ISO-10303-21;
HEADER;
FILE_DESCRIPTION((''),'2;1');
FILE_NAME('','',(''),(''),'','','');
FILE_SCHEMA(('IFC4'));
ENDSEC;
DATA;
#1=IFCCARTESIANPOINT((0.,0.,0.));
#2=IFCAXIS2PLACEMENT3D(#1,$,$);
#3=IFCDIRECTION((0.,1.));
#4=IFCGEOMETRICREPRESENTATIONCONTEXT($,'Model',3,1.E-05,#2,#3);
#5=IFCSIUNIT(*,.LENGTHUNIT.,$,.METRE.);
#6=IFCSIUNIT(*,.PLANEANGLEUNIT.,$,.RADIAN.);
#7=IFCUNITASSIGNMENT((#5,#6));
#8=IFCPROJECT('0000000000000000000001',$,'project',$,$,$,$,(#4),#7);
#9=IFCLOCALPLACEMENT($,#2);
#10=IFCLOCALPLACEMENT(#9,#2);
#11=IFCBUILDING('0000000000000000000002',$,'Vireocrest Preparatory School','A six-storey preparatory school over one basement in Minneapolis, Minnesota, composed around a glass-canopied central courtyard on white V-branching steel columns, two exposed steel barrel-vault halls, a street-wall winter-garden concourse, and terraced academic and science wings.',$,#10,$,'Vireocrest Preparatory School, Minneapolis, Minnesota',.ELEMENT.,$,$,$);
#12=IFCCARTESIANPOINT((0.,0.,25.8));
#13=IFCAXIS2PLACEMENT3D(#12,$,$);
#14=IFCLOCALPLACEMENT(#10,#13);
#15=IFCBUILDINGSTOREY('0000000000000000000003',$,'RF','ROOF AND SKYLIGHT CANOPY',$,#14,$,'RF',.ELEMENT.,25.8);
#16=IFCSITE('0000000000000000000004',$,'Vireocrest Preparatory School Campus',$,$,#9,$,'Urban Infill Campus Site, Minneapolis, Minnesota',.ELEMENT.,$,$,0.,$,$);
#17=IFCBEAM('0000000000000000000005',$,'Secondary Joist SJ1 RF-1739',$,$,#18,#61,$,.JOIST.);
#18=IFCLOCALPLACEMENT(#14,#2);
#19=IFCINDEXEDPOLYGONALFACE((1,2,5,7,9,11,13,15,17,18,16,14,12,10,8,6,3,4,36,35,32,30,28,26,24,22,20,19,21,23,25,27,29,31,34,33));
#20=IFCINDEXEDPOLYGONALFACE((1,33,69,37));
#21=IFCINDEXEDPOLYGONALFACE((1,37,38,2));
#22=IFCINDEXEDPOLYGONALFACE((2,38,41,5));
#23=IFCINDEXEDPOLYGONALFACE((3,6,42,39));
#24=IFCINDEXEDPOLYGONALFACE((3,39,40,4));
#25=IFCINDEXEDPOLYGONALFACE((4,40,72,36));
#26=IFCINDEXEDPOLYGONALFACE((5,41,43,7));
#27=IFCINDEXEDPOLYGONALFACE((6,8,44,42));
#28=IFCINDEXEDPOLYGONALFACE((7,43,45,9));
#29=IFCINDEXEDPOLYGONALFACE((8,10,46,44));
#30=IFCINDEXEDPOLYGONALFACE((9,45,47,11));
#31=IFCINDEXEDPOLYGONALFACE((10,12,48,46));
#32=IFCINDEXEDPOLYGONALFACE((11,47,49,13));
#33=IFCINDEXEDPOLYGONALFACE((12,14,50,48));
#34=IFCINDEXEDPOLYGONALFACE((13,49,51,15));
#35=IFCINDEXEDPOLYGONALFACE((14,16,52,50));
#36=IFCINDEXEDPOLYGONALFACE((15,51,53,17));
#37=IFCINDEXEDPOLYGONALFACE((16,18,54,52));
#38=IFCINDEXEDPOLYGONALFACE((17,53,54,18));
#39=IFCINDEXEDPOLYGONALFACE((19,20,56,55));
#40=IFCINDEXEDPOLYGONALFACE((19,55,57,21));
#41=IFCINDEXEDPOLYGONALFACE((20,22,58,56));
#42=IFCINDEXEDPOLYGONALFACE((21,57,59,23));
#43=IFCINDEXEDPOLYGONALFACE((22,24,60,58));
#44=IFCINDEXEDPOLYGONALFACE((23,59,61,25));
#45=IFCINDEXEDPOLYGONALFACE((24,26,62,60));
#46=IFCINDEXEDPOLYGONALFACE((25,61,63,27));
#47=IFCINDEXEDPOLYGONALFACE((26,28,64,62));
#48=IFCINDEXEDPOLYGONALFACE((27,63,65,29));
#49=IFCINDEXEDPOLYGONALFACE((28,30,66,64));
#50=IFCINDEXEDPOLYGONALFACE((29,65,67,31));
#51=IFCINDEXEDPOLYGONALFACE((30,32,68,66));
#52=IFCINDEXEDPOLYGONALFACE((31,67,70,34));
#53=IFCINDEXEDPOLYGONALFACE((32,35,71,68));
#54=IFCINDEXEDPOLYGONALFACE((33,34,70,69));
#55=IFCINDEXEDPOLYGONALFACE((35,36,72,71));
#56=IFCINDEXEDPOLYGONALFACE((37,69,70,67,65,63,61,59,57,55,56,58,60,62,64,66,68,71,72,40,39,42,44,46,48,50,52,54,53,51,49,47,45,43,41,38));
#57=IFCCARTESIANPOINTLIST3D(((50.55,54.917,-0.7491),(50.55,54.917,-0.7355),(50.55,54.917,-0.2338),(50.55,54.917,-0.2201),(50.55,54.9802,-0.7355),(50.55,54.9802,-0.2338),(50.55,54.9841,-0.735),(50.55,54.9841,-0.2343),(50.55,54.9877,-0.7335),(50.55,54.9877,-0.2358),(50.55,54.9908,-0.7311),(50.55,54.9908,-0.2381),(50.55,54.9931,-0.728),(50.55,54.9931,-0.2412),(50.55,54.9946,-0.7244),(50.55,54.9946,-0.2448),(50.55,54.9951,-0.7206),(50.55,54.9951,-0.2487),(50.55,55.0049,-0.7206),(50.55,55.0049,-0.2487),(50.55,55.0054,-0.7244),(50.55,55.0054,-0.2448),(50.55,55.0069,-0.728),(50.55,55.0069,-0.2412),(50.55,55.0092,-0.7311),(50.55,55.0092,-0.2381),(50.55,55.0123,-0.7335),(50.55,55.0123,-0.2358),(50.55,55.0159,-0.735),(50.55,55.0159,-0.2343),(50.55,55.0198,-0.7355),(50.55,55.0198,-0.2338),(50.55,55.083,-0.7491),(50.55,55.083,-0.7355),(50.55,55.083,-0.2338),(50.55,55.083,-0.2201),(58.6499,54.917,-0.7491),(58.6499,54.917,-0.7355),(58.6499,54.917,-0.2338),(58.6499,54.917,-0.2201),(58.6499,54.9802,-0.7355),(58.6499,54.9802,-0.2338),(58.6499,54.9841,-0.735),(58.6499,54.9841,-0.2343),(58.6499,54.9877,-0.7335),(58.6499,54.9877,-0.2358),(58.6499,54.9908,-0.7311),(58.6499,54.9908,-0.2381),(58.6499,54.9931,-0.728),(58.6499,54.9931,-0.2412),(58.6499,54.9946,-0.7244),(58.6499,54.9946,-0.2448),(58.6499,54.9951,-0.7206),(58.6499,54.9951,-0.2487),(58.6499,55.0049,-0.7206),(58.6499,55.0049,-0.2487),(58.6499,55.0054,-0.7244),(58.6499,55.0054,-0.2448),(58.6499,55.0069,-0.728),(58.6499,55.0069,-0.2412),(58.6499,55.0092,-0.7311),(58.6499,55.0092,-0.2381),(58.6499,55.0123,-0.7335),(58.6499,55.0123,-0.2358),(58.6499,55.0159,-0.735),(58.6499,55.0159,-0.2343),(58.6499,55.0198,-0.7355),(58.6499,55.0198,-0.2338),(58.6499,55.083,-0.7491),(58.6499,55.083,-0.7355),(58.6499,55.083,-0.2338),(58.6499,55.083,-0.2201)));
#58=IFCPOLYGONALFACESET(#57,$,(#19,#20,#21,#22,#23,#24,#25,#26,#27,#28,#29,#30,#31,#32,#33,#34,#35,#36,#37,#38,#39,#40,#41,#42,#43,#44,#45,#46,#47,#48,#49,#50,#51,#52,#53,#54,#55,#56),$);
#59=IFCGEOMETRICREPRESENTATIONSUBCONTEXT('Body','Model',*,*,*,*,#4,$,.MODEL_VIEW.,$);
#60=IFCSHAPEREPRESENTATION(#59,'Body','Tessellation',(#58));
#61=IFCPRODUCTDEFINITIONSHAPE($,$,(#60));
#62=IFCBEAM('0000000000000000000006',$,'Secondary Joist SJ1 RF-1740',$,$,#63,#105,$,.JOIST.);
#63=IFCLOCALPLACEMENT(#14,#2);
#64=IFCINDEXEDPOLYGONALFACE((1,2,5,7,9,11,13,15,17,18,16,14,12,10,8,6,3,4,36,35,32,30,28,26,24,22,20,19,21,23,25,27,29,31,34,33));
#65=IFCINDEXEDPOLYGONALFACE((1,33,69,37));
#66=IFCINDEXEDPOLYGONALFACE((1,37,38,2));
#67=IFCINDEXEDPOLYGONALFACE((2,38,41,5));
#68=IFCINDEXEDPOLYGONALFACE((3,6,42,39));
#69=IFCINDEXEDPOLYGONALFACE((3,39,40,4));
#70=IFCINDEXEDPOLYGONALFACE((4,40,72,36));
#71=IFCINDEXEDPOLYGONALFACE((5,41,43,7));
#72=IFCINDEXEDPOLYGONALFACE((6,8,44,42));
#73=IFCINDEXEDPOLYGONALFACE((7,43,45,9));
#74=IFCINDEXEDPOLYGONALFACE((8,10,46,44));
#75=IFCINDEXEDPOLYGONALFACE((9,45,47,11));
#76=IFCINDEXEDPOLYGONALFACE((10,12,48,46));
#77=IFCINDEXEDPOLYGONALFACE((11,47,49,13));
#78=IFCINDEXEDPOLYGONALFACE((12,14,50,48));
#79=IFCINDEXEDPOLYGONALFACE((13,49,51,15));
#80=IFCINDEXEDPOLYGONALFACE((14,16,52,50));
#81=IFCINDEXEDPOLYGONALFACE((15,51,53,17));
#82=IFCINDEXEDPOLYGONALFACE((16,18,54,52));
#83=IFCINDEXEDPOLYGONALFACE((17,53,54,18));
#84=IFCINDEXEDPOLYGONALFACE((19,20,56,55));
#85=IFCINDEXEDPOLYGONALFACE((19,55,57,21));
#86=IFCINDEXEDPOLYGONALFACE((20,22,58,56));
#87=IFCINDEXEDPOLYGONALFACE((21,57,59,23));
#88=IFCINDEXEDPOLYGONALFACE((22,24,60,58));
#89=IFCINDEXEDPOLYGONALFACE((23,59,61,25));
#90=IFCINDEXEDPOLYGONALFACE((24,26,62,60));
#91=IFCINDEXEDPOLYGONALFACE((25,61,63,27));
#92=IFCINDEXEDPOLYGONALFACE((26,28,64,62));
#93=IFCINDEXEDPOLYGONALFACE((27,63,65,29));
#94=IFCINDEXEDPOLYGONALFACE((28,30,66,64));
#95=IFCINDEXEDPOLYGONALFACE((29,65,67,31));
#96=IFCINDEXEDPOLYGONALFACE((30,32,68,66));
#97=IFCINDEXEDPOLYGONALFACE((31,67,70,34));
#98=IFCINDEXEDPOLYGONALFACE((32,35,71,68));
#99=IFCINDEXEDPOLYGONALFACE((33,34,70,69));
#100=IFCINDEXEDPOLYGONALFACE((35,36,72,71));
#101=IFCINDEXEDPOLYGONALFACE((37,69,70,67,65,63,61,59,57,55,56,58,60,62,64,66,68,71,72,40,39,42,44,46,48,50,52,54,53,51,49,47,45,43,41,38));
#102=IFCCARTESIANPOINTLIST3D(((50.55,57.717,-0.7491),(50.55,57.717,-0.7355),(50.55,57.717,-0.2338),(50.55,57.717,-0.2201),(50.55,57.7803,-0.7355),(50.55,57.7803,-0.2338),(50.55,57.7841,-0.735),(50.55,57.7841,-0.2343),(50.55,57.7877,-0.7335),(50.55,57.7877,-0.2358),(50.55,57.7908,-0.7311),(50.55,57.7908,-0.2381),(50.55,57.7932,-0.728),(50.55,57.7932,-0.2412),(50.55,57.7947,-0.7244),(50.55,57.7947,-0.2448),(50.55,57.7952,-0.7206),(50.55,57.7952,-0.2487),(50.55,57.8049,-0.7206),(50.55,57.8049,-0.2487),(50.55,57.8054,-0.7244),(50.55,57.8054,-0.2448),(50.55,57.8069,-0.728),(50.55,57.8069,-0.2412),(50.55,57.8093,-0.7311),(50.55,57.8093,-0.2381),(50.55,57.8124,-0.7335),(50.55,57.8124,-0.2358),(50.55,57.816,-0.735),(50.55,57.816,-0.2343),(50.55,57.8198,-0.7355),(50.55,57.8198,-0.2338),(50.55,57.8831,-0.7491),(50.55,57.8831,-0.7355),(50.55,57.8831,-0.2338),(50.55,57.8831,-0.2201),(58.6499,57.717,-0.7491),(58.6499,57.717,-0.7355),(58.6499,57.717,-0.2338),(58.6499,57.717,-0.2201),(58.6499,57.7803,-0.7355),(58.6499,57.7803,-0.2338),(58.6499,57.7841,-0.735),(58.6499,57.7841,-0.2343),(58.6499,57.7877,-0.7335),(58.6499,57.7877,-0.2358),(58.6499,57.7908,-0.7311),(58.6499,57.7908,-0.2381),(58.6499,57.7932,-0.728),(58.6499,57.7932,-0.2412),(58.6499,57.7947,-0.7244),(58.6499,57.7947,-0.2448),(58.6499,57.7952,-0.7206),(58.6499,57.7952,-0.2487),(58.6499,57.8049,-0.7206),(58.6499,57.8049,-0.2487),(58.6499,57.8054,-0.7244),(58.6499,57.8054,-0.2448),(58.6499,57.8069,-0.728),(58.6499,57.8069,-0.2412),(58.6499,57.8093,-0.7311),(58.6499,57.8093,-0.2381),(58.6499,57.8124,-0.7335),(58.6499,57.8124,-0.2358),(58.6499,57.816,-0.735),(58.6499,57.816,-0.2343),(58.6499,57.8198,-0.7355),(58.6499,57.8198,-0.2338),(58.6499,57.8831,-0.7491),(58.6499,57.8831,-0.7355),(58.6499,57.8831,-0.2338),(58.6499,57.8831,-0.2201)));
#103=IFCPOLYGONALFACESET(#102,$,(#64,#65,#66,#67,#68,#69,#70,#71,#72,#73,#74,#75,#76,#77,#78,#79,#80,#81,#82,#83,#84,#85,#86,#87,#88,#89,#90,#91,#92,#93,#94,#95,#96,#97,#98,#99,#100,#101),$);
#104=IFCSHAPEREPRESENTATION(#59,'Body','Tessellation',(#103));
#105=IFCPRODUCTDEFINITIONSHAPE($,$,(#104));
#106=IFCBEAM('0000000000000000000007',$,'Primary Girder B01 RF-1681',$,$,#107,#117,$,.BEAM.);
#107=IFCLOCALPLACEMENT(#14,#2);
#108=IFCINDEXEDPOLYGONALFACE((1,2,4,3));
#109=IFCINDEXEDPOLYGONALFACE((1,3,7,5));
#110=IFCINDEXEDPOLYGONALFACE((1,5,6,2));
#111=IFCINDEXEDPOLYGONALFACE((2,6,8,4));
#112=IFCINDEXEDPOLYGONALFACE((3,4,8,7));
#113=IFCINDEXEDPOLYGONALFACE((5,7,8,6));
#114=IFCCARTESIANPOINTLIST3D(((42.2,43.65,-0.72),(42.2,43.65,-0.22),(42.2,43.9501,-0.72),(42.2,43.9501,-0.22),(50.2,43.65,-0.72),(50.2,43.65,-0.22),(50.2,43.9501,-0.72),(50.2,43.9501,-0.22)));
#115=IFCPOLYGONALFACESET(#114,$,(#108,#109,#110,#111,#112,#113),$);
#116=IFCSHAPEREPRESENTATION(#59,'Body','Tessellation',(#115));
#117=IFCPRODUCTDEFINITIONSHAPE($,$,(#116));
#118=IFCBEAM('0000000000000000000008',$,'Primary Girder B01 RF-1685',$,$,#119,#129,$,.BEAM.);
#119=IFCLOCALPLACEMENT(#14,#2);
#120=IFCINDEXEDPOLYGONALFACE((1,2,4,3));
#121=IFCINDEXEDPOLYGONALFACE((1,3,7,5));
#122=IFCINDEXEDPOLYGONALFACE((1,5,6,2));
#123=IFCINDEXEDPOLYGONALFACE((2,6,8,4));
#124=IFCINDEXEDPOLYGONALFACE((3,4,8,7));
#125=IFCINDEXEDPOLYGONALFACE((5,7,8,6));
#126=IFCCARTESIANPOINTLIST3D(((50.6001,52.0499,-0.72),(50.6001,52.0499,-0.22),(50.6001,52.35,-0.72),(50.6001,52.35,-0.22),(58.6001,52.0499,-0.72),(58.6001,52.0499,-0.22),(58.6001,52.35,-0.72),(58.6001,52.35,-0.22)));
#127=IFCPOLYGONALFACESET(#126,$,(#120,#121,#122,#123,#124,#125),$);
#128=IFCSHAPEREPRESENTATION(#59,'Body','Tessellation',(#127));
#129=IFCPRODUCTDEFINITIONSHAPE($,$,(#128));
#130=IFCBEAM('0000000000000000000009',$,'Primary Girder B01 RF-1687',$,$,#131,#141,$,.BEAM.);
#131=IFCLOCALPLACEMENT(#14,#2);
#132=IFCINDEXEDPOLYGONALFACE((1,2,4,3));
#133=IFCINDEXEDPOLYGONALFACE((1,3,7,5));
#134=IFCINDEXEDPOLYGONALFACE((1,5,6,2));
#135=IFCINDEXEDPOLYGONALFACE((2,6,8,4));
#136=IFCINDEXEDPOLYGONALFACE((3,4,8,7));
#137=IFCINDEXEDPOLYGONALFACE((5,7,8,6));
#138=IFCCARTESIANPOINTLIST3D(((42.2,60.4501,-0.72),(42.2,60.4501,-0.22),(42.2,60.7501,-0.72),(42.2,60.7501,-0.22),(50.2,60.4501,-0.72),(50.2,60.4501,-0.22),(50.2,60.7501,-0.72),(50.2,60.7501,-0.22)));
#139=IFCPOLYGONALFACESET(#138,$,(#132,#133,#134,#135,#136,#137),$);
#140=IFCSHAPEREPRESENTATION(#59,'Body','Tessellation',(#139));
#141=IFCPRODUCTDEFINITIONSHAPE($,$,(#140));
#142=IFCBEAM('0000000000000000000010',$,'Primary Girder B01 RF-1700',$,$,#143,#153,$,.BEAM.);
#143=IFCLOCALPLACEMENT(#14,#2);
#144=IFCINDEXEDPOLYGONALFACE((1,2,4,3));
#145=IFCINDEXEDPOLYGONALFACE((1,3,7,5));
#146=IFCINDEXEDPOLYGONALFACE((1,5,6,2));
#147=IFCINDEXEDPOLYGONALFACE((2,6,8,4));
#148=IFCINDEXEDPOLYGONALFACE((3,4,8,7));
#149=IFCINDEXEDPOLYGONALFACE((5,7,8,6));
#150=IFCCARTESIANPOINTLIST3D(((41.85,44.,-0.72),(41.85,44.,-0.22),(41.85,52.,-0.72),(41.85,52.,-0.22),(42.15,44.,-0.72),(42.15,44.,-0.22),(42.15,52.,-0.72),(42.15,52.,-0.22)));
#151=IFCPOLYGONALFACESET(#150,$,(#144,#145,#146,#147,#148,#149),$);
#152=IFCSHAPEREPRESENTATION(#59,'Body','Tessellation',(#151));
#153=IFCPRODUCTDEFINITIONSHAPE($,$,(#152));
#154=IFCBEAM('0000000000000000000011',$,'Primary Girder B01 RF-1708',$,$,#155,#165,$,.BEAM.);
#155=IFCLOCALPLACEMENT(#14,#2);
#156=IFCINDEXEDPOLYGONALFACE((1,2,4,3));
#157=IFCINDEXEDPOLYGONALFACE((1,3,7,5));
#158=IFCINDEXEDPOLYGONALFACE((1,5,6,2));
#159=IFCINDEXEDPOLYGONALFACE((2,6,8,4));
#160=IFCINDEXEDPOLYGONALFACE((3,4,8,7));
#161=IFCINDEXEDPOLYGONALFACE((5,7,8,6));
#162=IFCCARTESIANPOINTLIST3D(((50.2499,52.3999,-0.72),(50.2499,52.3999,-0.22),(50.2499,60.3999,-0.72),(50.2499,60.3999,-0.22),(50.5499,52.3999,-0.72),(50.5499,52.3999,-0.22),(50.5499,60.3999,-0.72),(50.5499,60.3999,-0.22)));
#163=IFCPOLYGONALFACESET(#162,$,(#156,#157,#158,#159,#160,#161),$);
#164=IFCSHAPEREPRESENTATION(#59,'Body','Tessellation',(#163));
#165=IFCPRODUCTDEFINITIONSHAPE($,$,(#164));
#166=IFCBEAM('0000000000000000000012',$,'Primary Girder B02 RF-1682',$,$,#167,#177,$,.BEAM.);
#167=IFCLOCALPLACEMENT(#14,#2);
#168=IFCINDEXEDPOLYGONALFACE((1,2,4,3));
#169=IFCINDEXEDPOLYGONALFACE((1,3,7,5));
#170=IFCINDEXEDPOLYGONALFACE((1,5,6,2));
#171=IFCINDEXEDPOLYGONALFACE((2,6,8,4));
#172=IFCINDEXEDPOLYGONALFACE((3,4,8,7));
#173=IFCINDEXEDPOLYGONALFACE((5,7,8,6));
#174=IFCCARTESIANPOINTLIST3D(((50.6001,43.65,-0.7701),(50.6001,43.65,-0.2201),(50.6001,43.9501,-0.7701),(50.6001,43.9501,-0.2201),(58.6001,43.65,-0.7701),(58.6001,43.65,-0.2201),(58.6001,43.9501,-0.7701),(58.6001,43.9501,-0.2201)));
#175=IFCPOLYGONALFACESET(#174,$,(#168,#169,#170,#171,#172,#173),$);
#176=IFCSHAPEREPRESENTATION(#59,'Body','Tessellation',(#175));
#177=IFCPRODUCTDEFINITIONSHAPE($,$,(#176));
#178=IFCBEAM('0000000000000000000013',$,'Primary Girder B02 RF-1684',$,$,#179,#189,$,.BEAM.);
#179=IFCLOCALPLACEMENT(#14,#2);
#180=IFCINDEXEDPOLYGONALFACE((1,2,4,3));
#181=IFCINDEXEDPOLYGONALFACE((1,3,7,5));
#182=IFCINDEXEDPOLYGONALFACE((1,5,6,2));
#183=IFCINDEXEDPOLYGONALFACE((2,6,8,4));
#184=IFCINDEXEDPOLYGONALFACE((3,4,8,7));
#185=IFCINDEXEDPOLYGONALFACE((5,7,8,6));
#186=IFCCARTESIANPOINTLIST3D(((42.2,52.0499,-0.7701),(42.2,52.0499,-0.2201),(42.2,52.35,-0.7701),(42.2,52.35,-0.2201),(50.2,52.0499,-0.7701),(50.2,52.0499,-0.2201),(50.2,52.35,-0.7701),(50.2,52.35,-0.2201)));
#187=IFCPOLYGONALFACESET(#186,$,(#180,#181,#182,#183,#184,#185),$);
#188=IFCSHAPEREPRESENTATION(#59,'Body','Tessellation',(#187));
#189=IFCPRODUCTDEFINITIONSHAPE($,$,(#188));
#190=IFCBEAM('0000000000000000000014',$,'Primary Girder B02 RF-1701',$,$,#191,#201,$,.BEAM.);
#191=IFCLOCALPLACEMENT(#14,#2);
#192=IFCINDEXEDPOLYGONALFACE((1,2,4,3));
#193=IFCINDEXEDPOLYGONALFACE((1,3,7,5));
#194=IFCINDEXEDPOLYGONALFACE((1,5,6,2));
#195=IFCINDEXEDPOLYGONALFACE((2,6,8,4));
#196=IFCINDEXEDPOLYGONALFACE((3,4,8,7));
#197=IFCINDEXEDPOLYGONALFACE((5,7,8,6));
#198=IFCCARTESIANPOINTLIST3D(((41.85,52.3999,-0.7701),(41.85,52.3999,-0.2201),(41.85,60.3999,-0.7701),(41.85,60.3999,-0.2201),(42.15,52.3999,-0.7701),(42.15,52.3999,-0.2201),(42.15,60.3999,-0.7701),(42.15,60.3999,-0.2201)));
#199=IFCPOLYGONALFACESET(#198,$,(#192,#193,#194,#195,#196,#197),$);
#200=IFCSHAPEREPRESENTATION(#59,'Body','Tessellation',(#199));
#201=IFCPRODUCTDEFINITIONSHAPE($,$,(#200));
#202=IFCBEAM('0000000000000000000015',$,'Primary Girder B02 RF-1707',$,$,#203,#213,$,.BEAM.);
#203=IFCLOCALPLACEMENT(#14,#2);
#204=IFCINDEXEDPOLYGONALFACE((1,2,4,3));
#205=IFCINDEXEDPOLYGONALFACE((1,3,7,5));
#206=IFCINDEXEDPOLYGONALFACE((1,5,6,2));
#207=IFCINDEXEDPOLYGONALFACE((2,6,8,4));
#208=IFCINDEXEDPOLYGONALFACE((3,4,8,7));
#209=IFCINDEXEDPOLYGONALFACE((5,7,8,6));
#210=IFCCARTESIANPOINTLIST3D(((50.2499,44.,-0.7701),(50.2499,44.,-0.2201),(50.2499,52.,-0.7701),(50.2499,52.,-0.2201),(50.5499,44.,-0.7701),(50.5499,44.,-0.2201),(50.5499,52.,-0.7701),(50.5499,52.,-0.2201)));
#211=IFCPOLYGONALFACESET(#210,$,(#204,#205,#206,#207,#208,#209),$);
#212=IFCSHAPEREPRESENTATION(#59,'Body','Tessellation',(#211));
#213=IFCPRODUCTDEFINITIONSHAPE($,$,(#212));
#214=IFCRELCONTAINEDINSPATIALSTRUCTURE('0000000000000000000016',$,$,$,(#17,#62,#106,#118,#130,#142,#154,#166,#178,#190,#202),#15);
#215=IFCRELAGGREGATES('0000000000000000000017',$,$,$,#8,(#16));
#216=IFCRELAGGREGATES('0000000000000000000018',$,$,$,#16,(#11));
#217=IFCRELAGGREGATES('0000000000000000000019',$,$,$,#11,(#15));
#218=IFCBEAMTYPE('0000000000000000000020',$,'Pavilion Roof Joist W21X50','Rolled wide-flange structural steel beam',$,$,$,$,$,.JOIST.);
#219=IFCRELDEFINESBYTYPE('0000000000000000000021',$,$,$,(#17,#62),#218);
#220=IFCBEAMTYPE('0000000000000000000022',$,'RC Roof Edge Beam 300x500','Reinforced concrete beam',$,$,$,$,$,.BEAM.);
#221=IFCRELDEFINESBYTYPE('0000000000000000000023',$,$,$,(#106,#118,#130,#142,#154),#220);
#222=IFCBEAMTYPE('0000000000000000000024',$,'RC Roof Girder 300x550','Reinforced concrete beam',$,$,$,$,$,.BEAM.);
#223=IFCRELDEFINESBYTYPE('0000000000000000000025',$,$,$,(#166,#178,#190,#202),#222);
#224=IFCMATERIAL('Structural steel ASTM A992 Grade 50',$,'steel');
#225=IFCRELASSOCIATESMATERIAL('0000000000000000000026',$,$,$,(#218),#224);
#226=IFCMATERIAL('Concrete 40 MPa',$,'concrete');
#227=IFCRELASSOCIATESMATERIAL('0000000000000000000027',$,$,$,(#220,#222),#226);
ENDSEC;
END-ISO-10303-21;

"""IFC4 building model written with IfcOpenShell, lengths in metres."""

from ifc_helpers import new_model, si_unit, direction, frame, origin, origin_2d, place, context, subcontext, project, spatial, rectangle, i_section, extrude, material, material_profile, profile_set, type_object, element, save


model = new_model("IFC4")

# Units and contexts
model_context = context("Model", 3, precision=1e-05, world=origin(), true_north=direction((0.0, 1.0)))
body_context = subcontext(model_context, "Body", "Model", "MODEL_VIEW")
ifc_project = project(units=[si_unit("LENGTHUNIT", "METRE"), si_unit("PLANEANGLEUNIT", "RADIAN")], contexts=[model_context])

# Site, building, storey
site_placement = place(None, origin())
site = spatial("IfcSite", under=ifc_project, at=site_placement, Name="Vireocrest Preparatory School Campus", LongName="Urban Infill Campus Site, Minneapolis, Minnesota", CompositionType="ELEMENT", RefElevation=0.0)
building_placement = place(site_placement, origin())
building = spatial("IfcBuilding", under=site, at=building_placement, Name="Vireocrest Preparatory School", Description="A six-storey preparatory school over one basement in Minneapolis, Minnesota, composed around a glass-canopied central courtyard on white V-branching steel columns, two exposed steel barrel-vault halls, a street-wall winter-garden concourse, and terraced academic and science wings.", LongName="Vireocrest Preparatory School, Minneapolis, Minnesota", CompositionType="ELEMENT")
storey_placement = place(building_placement, frame((0.0, 0.0, 25.8)))
storey = spatial("IfcBuildingStorey", under=building, at=storey_placement, Name="RF", Description="ROOF AND SKYLIGHT CANOPY", LongName="RF", CompositionType="ELEMENT", Elevation=25.8)

# Beams
ifc_material_1 = material(Name="Structural steel ASTM A992 Grade 50", Category="steel")
ifc_material_profile_1 = material_profile(ifc_material_1, i_section(OverallWidth=0.166, OverallDepth=0.5291, WebThickness=0.0098, FlangeThickness=0.0137, FilletRadius=0.0149, at=origin_2d()), Name="W21X50")
ifc_profile_set_1 = profile_set([ifc_material_profile_1], Name="Structural steel ASTM A992 Grade 50")
beam_type_1 = type_object("IfcBeamType", Name="Pavilion Roof Joist W21X50", Description="Rolled wide-flange structural steel beam", PredefinedType="JOIST", material=ifc_profile_set_1)
for number, where, z_axis, x_axis, name in (
    (1, (50.55, 55.0, -0.4846), (1.0, 0.0, 0.0), (0.0, 1.0, 0.0), "Secondary Joist SJ1 RF-1739"),
    (2, (50.55, 57.8, -0.4846), (1.0, 0.0, 0.0), (0.0, 1.0, 0.0), "Secondary Joist SJ1 RF-1740"),
):
    element("IfcBeam", number, at=place(storey_placement, frame(where, z_axis=z_axis, x_axis=x_axis)), inside=storey, type_object=beam_type_1, Name=name, PredefinedType="JOIST", context=body_context, shape_type="SweptSolid", body=[
        extrude(i_section(OverallWidth=0.166, OverallDepth=0.5291, WebThickness=0.0098, FlangeThickness=0.0137, FilletRadius=0.0149, at=origin_2d()), origin(), (0.0, 0.0, 1.0), 8.0999),
    ])
ifc_material_2 = material(Name="Concrete 40 MPa", Category="concrete")
ifc_material_profile_2 = material_profile(ifc_material_2, rectangle(XDim=0.3, YDim=0.5, at=origin_2d()), Name="RC 300x500")
ifc_profile_set_2 = profile_set([ifc_material_profile_2], Name="Concrete 40 MPa")
beam_type_2 = type_object("IfcBeamType", Name="RC Roof Edge Beam 300x500", Description="Reinforced concrete beam", PredefinedType="BEAM", material=ifc_profile_set_2)
for number, where, z_axis, x_axis, name in (
    (3, (42.2, 43.8, -0.47), (1.0, 0.0, 0.0), (0.0, 1.0, 0.0), "Primary Girder B01 RF-1681"),
    (4, (50.6001, 52.2, -0.47), (1.0, 0.0, 0.0), (0.0, 1.0, 0.0), "Primary Girder B01 RF-1685"),
    (5, (42.2, 60.6001, -0.47), (1.0, 0.0, 0.0), (0.0, 1.0, 0.0), "Primary Girder B01 RF-1687"),
    (6, (42.0, 44.0, -0.47), (0.0, 1.0, 0.0), (-1.0, 0.0, 0.0), "Primary Girder B01 RF-1700"),
    (7, (50.3999, 52.3999, -0.47), (0.0, 1.0, 0.0), (-1.0, 0.0, 0.0), "Primary Girder B01 RF-1708"),
):
    element("IfcBeam", number, at=place(storey_placement, frame(where, z_axis=z_axis, x_axis=x_axis)), inside=storey, type_object=beam_type_2, Name=name, PredefinedType="BEAM", context=body_context, shape_type="SweptSolid", body=[
        extrude(rectangle(XDim=0.3, YDim=0.5, at=origin_2d()), origin(), (0.0, 0.0, 1.0), 8.0),
    ])
ifc_material_profile_3 = material_profile(ifc_material_2, rectangle(XDim=0.3, YDim=0.55, at=origin_2d()), Name="RC 300x550")
ifc_profile_set_3 = profile_set([ifc_material_profile_3], Name="Concrete 40 MPa")
beam_type_3 = type_object("IfcBeamType", Name="RC Roof Girder 300x550", Description="Reinforced concrete beam", PredefinedType="BEAM", material=ifc_profile_set_3)
for number, where, z_axis, x_axis, name in (
    (8, (50.6001, 43.8, -0.4951), (1.0, 0.0, 0.0), (0.0, 1.0, 0.0), "Primary Girder B02 RF-1682"),
    (9, (42.2, 52.2, -0.4951), (1.0, 0.0, 0.0), (0.0, 1.0, 0.0), "Primary Girder B02 RF-1684"),
    (10, (42.0, 52.3999, -0.4951), (0.0, 1.0, 0.0), (-1.0, 0.0, 0.0), "Primary Girder B02 RF-1701"),
    (11, (50.3999, 44.0, -0.4951), (0.0, 1.0, 0.0), (-1.0, 0.0, 0.0), "Primary Girder B02 RF-1707"),
):
    element("IfcBeam", number, at=place(storey_placement, frame(where, z_axis=z_axis, x_axis=x_axis)), inside=storey, type_object=beam_type_3, Name=name, PredefinedType="BEAM", context=body_context, shape_type="SweptSolid", body=[
        extrude(rectangle(XDim=0.3, YDim=0.55, at=origin_2d()), origin(), (0.0, 0.0, 1.0), 8.0),
    ])

save(model, "model.ifc")
